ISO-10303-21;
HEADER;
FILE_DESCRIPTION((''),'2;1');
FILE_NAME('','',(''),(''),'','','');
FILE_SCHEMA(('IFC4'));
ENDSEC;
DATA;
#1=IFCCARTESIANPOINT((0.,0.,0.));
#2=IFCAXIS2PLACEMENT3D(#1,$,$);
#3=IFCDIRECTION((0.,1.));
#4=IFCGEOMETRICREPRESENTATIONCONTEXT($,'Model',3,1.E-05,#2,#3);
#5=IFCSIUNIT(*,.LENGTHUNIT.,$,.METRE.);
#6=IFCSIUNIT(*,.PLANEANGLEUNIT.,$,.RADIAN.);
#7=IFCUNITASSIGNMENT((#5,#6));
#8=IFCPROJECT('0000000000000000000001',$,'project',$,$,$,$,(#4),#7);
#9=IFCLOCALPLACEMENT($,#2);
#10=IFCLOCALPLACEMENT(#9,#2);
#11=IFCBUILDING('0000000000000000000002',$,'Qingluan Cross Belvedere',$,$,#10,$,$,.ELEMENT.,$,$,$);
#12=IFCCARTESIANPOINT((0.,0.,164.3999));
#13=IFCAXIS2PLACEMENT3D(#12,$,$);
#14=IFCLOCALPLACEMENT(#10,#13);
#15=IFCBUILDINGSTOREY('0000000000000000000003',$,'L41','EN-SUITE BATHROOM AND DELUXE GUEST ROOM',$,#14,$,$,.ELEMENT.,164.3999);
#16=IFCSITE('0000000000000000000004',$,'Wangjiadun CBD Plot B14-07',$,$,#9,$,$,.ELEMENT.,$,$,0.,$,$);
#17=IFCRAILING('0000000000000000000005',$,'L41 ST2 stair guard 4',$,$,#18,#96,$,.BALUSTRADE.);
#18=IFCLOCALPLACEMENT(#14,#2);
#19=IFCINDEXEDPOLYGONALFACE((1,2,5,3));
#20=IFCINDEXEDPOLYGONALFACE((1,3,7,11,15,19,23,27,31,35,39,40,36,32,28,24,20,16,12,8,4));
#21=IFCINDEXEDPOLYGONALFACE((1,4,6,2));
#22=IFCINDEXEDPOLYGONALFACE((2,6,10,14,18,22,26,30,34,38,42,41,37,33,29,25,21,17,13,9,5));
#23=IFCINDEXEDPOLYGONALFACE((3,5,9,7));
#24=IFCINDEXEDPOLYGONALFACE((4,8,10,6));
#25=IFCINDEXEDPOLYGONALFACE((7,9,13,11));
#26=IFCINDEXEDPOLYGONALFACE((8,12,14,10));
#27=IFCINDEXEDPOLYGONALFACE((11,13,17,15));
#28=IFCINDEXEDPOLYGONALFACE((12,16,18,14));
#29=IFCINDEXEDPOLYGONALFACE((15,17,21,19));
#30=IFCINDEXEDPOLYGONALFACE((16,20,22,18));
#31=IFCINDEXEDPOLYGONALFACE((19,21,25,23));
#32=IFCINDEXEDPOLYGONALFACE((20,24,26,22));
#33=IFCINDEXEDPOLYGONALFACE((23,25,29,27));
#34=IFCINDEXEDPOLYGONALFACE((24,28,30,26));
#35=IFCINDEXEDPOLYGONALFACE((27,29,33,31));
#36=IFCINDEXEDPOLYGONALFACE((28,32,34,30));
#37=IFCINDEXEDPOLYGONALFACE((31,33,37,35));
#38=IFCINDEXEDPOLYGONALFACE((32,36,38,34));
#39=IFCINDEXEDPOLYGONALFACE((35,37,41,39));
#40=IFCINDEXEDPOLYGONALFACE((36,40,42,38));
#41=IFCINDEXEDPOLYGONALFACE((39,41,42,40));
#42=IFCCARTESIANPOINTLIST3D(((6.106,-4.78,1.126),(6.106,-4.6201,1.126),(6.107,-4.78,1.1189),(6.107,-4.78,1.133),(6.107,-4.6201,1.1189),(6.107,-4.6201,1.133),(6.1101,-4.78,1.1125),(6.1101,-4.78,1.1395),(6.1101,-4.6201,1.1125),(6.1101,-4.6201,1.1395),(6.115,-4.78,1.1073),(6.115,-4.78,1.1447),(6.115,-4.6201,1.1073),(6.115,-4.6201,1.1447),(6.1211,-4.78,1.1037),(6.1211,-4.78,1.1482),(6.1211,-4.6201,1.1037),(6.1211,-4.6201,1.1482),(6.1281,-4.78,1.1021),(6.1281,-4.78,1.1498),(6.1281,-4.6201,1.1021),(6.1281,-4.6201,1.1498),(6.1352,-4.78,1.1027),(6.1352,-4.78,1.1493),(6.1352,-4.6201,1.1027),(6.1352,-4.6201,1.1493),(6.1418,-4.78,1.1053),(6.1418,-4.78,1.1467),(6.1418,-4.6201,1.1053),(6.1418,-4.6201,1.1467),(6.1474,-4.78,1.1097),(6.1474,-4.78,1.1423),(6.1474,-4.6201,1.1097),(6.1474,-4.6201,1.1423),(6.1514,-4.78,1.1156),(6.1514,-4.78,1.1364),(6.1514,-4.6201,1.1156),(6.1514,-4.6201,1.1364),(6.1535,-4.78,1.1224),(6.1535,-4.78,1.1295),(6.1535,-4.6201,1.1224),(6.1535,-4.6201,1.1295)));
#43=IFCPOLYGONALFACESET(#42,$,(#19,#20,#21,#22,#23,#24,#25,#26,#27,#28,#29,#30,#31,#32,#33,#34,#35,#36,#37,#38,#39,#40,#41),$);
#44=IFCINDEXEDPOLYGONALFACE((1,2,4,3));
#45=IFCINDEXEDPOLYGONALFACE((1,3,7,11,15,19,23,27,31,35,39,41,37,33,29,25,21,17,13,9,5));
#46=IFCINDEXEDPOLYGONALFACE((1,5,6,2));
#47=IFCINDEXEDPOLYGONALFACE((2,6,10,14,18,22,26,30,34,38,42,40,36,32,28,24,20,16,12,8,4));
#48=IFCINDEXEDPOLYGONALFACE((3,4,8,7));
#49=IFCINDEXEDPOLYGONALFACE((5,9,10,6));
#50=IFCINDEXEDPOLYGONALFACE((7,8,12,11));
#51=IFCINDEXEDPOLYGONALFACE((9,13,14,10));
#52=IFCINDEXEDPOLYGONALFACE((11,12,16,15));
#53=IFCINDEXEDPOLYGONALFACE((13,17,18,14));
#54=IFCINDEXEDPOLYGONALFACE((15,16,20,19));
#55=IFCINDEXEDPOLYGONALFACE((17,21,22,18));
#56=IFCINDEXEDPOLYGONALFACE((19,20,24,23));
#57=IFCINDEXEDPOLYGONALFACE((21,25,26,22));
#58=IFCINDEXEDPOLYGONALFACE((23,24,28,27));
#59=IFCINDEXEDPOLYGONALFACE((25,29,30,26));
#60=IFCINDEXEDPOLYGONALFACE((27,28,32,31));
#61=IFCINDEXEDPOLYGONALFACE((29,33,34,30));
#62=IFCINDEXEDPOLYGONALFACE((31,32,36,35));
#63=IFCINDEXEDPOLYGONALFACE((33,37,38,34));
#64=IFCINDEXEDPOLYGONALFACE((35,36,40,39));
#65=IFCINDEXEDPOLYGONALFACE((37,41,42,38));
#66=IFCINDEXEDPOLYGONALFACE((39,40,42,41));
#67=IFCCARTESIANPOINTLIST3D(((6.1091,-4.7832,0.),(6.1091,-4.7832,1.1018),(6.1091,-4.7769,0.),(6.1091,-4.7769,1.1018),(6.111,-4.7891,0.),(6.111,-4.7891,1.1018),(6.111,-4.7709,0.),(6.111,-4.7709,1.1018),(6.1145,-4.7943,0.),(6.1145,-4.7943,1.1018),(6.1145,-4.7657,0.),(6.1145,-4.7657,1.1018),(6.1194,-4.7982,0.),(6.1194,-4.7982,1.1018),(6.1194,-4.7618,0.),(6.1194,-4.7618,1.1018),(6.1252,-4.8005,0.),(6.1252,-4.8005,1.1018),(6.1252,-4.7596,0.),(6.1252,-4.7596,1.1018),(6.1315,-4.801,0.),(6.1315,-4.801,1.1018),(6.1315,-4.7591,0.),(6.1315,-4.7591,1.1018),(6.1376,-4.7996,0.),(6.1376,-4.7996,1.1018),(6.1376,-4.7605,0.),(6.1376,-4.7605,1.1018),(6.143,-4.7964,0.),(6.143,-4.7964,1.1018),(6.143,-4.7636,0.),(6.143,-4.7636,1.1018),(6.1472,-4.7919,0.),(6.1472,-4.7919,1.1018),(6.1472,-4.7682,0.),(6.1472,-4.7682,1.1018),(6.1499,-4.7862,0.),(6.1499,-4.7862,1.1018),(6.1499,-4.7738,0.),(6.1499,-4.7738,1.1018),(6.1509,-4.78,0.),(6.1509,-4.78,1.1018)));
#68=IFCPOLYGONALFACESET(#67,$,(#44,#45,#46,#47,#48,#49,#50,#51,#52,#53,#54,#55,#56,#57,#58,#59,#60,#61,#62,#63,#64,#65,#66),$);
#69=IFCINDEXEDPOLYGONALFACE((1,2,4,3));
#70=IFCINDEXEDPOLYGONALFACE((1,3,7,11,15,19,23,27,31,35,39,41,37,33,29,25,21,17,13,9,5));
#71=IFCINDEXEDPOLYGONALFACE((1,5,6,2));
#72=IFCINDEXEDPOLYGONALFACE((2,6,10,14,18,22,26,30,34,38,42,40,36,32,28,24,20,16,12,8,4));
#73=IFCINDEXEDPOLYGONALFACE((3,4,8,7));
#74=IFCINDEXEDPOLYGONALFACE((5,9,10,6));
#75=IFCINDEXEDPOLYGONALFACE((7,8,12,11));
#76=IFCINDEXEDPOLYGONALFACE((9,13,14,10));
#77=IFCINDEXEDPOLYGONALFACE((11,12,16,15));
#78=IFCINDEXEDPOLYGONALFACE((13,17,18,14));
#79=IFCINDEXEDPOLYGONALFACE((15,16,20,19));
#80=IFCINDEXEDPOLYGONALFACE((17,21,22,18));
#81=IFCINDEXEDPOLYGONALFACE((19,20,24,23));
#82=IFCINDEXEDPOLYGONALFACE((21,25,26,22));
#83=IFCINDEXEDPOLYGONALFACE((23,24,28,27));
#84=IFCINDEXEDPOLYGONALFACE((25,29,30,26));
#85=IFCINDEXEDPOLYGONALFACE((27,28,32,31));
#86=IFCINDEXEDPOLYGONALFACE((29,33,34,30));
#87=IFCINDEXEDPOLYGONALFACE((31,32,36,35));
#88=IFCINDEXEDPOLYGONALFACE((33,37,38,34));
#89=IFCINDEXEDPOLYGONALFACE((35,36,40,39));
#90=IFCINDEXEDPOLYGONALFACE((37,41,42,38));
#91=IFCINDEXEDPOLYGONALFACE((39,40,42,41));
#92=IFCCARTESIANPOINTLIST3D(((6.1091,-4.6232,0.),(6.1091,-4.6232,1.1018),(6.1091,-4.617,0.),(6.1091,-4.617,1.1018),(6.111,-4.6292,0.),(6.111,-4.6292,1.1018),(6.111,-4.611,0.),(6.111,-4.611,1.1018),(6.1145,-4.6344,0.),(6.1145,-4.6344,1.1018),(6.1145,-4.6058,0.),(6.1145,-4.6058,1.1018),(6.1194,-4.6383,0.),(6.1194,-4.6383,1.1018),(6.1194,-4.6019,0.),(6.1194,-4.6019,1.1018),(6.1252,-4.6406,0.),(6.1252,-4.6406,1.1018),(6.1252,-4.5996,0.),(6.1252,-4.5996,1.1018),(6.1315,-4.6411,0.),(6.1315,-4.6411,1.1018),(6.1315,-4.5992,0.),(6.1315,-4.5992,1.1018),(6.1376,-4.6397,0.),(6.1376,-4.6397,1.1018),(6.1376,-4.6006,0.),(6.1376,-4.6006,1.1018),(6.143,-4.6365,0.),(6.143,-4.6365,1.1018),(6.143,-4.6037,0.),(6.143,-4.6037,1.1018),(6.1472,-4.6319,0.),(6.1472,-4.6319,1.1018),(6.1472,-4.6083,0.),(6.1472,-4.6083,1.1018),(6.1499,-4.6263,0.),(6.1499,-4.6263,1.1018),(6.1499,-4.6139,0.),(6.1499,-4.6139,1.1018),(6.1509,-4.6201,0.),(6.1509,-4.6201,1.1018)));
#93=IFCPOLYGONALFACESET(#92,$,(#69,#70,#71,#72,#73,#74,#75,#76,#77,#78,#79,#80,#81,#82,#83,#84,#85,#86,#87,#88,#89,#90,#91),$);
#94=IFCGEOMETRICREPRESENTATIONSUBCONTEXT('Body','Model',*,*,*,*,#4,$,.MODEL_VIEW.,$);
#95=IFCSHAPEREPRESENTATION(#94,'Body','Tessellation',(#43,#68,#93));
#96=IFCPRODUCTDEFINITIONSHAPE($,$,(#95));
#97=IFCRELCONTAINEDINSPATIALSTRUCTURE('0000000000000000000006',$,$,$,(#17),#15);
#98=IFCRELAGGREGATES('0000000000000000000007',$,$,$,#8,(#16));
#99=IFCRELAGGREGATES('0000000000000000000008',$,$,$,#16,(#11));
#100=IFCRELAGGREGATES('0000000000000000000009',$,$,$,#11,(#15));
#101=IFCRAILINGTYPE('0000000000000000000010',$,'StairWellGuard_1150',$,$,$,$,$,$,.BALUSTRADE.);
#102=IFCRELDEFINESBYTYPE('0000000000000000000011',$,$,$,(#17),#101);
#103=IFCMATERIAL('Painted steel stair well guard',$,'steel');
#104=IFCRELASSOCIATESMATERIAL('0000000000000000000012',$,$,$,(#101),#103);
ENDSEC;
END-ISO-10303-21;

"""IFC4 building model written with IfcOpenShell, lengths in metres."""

from ifc_helpers import new_model, si_unit, direction, frame, origin, origin_2d, place, context, subcontext, project, spatial, circle, extrude, material, type_object, element, save


model = new_model("IFC4")

# Units and contexts
model_context = context("Model", 3, precision=1e-05, world=origin(), true_north=direction((0.0, 1.0)))
body_context = subcontext(model_context, "Body", "Model", "MODEL_VIEW")
ifc_project = project(units=[si_unit("LENGTHUNIT", "METRE"), si_unit("PLANEANGLEUNIT", "RADIAN")], contexts=[model_context])

# Site, building, storey
site_placement = place(None, origin())
site = spatial("IfcSite", under=ifc_project, at=site_placement, Name="Wangjiadun CBD Plot B14-07", CompositionType="ELEMENT", RefElevation=0.0)
building_placement = place(site_placement, origin())
building = spatial("IfcBuilding", under=site, at=building_placement, Name="Qingluan Cross Belvedere", CompositionType="ELEMENT")
storey_placement = place(building_placement, frame((0.0, 0.0, 164.3999)))
storey = spatial("IfcBuildingStorey", under=building, at=storey_placement, Name="L41", Description="EN-SUITE BATHROOM AND DELUXE GUEST ROOM", CompositionType="ELEMENT", Elevation=164.3999)

# Railing
ifc_material_1 = material(Name="Painted steel stair well guard", Category="steel")
railing_type_1 = type_object("IfcRailingType", Name="StairWellGuard_1150", PredefinedType="BALUSTRADE", material=ifc_material_1)
railing_1_placement = place(storey_placement, frame((6.1299, -4.78, 0.0)))
element("IfcRailing", 1, at=railing_1_placement, inside=storey, type_object=railing_type_1, Name="L41 ST2 stair guard 4", PredefinedType="BALUSTRADE", context=body_context, shape_type="SweptSolid", body=[
    extrude(circle(Radius=0.0239, at=origin_2d()), frame((0.0, 0.0, 1.126), z_axis=(0.0, 1.0, 0.0), x_axis=(-1.0, 0.0, 0.0)), (0.0, 0.0, 1.0), 0.1599),
    extrude(circle(Radius=0.021, at=origin_2d()), origin(), (0.0, 0.0, 1.0), 1.1018),
    extrude(circle(Radius=0.021, at=origin_2d()), frame((0.0, 0.1599, 0.0)), (0.0, 0.0, 1.0), 1.1018),
])

save(model, "model.ifc")
